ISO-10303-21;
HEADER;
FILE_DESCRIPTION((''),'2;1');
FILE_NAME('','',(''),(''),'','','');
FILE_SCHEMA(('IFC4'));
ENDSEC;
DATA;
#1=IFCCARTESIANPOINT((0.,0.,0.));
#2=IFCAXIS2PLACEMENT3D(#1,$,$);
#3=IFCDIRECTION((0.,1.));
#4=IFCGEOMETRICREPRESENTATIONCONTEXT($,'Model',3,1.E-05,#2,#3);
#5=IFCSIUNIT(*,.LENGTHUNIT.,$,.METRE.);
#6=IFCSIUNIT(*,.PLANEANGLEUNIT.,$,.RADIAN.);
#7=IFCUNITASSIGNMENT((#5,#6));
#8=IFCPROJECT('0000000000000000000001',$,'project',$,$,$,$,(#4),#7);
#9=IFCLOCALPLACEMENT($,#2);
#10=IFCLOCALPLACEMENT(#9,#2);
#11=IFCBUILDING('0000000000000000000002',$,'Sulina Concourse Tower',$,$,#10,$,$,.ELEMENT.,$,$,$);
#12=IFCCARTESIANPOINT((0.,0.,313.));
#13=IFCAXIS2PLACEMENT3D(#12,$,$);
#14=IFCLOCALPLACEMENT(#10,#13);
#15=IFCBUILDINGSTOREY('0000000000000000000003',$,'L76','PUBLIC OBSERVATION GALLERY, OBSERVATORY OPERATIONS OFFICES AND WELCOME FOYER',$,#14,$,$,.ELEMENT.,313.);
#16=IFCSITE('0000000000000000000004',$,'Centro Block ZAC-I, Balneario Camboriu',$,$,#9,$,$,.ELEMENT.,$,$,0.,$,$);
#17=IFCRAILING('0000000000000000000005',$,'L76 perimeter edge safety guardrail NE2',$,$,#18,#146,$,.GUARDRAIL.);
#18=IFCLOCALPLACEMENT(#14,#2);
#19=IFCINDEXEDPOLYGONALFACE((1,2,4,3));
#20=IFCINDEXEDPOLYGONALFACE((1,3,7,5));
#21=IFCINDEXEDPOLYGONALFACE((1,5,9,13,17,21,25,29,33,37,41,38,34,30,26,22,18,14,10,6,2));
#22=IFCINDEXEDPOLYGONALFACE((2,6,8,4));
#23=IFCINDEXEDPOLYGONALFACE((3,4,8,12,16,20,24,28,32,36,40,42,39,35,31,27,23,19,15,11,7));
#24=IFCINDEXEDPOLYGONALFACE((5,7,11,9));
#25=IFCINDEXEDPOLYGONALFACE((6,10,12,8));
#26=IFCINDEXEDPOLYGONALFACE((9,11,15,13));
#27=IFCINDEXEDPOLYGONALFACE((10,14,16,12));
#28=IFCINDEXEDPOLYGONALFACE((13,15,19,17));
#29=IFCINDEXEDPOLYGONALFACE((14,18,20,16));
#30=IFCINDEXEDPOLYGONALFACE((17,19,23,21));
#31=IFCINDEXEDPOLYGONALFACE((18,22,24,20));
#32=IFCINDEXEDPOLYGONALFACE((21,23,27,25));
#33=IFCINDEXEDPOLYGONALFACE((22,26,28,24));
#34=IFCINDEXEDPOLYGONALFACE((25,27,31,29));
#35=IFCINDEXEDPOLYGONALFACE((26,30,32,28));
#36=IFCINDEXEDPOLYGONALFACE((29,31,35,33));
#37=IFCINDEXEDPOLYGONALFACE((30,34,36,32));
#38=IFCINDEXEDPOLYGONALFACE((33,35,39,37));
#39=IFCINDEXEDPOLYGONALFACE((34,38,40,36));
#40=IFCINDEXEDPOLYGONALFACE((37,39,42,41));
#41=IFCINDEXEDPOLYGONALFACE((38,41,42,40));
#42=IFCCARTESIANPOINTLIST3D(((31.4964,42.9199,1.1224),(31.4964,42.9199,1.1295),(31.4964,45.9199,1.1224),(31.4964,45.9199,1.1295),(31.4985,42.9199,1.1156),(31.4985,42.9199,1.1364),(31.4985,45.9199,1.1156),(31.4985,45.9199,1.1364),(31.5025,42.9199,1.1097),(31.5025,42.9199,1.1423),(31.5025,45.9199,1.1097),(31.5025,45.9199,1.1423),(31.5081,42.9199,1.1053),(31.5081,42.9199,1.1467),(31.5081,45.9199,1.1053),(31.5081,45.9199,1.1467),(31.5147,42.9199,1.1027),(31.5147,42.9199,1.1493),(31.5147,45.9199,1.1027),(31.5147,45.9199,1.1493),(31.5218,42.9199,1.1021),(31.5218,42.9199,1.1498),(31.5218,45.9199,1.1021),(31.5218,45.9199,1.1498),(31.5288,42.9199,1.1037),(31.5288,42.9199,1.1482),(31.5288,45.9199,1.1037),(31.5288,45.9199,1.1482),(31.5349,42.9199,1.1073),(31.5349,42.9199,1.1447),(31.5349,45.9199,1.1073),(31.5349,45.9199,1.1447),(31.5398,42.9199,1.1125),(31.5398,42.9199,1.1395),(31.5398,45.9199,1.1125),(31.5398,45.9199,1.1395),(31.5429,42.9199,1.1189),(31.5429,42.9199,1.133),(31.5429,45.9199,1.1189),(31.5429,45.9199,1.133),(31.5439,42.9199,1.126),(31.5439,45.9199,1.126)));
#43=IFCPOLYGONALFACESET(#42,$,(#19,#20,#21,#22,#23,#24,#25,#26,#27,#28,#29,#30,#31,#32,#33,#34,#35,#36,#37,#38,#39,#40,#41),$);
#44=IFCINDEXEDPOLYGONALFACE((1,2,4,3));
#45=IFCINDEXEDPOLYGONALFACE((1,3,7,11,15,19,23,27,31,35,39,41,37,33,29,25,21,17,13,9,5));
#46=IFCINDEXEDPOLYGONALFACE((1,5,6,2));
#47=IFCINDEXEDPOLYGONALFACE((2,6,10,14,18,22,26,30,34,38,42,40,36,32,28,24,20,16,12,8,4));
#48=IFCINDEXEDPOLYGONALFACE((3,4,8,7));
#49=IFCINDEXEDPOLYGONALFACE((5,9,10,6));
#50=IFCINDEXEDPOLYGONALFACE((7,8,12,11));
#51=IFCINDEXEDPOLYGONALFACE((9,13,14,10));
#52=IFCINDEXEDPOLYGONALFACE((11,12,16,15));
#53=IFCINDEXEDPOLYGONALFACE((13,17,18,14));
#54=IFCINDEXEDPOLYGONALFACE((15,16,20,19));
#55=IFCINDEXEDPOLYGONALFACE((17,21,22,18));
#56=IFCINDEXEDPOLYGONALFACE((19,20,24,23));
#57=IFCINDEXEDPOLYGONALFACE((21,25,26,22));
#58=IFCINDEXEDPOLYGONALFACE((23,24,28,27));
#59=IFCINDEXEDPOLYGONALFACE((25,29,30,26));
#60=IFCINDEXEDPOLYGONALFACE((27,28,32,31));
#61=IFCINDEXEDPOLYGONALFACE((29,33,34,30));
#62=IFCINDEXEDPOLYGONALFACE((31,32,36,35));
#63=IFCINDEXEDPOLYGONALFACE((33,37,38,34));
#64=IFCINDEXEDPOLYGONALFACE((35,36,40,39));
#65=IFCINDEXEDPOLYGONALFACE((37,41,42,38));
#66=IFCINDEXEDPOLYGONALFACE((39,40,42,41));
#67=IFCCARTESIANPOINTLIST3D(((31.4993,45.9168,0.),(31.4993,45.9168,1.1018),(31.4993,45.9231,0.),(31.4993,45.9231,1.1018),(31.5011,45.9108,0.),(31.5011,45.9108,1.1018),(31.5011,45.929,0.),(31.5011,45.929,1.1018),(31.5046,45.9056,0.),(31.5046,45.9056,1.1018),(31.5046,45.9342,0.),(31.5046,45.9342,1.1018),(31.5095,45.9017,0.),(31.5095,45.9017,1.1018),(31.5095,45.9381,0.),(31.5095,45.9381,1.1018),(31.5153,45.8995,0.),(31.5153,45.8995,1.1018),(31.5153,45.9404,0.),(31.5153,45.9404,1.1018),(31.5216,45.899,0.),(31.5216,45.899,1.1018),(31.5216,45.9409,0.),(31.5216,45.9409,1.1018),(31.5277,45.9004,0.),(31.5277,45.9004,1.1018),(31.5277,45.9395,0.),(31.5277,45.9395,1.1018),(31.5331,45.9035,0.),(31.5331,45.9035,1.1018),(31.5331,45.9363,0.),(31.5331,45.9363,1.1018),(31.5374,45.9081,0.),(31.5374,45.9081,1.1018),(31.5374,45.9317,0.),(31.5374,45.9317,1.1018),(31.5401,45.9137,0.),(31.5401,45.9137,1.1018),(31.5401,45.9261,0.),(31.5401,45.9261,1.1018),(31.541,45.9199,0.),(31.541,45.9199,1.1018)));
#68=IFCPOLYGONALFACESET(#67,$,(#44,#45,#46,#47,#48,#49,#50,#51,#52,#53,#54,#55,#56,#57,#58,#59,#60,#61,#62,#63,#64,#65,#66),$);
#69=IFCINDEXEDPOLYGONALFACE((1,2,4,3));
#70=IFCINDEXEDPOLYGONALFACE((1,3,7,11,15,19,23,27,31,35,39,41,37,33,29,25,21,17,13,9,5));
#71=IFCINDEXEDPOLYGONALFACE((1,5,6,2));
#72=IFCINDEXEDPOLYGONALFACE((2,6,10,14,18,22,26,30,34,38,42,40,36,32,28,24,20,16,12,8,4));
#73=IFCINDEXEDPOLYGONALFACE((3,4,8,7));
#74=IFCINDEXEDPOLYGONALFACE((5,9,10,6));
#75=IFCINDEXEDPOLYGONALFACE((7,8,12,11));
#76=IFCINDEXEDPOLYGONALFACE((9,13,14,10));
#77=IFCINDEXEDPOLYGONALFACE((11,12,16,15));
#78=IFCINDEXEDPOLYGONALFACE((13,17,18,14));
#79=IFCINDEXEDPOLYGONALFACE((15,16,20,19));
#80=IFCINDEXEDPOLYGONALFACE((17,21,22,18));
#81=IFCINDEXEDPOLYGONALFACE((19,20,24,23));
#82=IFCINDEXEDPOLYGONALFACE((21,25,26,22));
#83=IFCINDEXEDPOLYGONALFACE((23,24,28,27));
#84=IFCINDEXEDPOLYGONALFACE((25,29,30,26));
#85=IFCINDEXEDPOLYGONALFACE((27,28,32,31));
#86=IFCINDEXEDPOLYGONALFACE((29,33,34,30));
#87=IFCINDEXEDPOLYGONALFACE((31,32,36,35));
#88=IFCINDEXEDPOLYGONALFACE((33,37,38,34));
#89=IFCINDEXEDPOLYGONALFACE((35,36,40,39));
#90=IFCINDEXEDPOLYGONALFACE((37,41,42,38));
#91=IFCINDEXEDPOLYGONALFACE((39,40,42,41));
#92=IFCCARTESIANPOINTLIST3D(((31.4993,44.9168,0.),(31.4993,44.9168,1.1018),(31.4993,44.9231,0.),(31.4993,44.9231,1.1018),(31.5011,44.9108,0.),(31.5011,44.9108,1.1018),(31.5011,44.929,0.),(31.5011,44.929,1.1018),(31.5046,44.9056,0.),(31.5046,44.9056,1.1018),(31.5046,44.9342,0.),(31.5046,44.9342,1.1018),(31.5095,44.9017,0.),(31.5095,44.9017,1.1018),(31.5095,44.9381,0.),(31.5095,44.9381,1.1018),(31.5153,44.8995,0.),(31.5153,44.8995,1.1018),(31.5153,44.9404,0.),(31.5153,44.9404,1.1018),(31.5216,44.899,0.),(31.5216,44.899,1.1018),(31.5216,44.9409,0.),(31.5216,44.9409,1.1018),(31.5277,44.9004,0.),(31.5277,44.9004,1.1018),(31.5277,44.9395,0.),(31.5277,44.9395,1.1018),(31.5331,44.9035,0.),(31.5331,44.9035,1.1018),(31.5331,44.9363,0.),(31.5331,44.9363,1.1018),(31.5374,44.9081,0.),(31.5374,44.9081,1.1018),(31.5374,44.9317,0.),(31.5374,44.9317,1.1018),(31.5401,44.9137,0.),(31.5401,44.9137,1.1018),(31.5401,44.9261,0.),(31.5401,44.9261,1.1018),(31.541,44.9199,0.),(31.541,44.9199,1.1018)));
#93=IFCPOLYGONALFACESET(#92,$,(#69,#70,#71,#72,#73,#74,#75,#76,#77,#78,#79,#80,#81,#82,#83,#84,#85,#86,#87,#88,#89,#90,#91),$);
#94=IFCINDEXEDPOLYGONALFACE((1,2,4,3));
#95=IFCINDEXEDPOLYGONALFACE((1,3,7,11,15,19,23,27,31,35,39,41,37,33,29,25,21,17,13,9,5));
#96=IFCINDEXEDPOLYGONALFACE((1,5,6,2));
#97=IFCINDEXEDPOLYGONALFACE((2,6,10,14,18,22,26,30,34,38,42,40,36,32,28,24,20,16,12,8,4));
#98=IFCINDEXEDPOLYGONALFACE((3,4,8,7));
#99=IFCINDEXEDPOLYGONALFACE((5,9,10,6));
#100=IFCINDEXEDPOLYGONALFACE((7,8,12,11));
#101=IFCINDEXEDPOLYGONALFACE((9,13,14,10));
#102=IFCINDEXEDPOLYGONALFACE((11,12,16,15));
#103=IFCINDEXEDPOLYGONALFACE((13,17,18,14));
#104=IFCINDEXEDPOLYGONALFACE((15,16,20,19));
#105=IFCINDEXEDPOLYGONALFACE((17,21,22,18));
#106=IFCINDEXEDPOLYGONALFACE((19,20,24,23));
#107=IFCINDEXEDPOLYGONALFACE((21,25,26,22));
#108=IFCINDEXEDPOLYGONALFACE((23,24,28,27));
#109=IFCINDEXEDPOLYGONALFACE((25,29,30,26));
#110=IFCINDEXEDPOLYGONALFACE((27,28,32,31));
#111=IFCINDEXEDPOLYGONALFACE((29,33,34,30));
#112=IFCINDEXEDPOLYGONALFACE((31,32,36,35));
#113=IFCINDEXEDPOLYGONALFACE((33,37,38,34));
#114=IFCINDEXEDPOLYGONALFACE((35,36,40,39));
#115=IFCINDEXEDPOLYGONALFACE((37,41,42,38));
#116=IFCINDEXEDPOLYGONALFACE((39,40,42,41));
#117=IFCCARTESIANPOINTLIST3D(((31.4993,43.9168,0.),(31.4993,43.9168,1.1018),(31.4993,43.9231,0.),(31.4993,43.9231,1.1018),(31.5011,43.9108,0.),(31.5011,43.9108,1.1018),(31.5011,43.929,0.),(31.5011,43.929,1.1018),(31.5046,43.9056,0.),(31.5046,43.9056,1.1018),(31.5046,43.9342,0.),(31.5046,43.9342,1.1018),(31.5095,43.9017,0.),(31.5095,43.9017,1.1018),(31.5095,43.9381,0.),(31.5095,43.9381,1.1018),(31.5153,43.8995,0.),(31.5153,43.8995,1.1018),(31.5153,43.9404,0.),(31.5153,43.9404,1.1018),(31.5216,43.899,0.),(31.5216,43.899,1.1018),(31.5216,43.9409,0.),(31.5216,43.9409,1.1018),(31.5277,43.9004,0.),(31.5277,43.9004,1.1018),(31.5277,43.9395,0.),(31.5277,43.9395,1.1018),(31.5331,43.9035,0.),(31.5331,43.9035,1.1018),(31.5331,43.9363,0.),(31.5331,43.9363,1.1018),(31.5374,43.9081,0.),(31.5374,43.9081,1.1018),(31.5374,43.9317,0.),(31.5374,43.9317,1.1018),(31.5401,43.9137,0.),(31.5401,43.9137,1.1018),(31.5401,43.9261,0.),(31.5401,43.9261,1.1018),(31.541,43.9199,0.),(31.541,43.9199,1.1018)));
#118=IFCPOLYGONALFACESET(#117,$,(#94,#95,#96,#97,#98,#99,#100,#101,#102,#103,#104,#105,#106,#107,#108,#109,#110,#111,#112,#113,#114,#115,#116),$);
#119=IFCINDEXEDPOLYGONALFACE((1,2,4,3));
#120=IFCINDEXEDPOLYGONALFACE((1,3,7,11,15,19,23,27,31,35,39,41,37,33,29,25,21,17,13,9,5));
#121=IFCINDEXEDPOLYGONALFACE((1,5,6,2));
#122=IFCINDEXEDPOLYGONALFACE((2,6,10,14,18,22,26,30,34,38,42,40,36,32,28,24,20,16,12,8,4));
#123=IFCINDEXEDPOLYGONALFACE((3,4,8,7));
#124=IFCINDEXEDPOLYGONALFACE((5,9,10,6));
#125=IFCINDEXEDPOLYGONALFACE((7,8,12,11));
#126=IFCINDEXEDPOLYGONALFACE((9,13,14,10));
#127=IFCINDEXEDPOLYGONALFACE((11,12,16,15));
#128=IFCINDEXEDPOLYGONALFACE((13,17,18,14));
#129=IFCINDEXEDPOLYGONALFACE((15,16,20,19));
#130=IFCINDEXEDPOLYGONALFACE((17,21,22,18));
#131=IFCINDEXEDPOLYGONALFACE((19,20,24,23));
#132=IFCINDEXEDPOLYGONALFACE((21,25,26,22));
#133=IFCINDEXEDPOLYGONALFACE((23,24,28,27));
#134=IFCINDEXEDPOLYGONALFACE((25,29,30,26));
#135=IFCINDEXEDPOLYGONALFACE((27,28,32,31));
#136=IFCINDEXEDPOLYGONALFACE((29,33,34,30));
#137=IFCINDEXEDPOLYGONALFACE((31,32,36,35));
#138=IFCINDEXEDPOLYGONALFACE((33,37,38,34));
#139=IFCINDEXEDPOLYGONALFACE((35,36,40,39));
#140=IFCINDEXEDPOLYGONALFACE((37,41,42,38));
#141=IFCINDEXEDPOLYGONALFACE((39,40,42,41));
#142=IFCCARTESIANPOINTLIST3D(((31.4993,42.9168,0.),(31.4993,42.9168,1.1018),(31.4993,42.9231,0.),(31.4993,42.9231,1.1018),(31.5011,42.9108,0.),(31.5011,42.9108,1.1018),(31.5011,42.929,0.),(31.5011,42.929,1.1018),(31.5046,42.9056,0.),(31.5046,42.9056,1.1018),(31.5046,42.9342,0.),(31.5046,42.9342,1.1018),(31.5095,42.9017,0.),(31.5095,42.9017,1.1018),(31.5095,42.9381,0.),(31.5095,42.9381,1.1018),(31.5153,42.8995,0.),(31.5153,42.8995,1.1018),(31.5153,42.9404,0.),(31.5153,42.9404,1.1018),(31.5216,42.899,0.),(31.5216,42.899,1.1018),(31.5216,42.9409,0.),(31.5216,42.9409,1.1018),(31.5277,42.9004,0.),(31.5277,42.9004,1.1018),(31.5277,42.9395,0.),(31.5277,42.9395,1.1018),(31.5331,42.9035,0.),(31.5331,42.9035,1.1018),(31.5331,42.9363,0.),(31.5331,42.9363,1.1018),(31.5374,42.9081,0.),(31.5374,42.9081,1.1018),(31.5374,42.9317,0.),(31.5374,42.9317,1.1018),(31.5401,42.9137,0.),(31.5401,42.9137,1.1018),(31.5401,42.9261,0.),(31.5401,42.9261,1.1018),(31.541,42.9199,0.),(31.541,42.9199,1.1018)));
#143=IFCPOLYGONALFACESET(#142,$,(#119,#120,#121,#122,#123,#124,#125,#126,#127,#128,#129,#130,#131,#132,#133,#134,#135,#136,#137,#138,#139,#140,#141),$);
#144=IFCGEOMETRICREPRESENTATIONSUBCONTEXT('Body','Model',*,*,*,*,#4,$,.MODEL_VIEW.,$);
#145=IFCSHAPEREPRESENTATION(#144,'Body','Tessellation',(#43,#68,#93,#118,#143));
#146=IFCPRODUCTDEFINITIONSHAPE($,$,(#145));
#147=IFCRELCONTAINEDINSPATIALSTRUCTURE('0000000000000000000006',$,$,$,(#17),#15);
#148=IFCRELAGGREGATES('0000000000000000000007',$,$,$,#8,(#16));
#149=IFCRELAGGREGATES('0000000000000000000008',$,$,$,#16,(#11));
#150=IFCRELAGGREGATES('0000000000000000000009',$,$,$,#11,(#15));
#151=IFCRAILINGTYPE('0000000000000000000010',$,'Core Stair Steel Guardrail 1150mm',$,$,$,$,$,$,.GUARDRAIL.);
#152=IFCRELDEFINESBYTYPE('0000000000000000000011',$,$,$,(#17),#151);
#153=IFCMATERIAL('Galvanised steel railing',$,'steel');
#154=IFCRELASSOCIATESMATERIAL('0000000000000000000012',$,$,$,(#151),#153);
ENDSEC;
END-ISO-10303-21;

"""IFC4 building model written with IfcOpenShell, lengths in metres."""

from ifc_helpers import new_model, si_unit, direction, frame, origin, origin_2d, place, context, subcontext, project, spatial, circle, extrude, material, type_object, element, save


model = new_model("IFC4")

# Units and contexts
model_context = context("Model", 3, precision=1e-05, world=origin(), true_north=direction((0.0, 1.0)))
body_context = subcontext(model_context, "Body", "Model", "MODEL_VIEW")
ifc_project = project(units=[si_unit("LENGTHUNIT", "METRE"), si_unit("PLANEANGLEUNIT", "RADIAN")], contexts=[model_context])

# Site, building, storey
site_placement = place(None, origin())
site = spatial("IfcSite", under=ifc_project, at=site_placement, Name="Centro Block ZAC-I, Balneario Camboriu", CompositionType="ELEMENT", RefElevation=0.0)
building_placement = place(site_placement, origin())
building = spatial("IfcBuilding", under=site, at=building_placement, Name="Sulina Concourse Tower", CompositionType="ELEMENT")
storey_placement = place(building_placement, frame((0.0, 0.0, 313.0)))
storey = spatial("IfcBuildingStorey", under=building, at=storey_placement, Name="L76", Description="PUBLIC OBSERVATION GALLERY, OBSERVATORY OPERATIONS OFFICES AND WELCOME FOYER", CompositionType="ELEMENT", Elevation=313.0)

# Railing
ifc_material_1 = material(Name="Galvanised steel railing", Category="steel")
railing_type = type_object("IfcRailingType", Name="Core Stair Steel Guardrail 1150mm", PredefinedType="GUARDRAIL", material=ifc_material_1)
railing_1_placement = place(storey_placement, frame((31.52, 45.9199, 0.0)))
element("IfcRailing", 1, at=railing_1_placement, inside=storey, type_object=railing_type, Name="L76 perimeter edge safety guardrail NE2", PredefinedType="GUARDRAIL", context=body_context, shape_type="SweptSolid", body=[
    extrude(circle(Radius=0.0239, at=origin_2d()), frame((0.0, 0.0, 1.126), z_axis=(0.0, -1.0, 0.0), x_axis=(1.0, 0.0, 0.0)), (0.0, 0.0, 1.0), 3.0),
    extrude(circle(Radius=0.021, at=origin_2d()), origin(), (0.0, 0.0, 1.0), 1.1018),
    extrude(circle(Radius=0.021, at=origin_2d()), frame((0.0, -1.0, 0.0)), (0.0, 0.0, 1.0), 1.1018),
    extrude(circle(Radius=0.021, at=origin_2d()), frame((0.0, -2.0, 0.0)), (0.0, 0.0, 1.0), 1.1018),
    extrude(circle(Radius=0.021, at=origin_2d()), frame((0.0, -3.0, 0.0)), (0.0, 0.0, 1.0), 1.1018),
])

save(model, "model.ifc")
